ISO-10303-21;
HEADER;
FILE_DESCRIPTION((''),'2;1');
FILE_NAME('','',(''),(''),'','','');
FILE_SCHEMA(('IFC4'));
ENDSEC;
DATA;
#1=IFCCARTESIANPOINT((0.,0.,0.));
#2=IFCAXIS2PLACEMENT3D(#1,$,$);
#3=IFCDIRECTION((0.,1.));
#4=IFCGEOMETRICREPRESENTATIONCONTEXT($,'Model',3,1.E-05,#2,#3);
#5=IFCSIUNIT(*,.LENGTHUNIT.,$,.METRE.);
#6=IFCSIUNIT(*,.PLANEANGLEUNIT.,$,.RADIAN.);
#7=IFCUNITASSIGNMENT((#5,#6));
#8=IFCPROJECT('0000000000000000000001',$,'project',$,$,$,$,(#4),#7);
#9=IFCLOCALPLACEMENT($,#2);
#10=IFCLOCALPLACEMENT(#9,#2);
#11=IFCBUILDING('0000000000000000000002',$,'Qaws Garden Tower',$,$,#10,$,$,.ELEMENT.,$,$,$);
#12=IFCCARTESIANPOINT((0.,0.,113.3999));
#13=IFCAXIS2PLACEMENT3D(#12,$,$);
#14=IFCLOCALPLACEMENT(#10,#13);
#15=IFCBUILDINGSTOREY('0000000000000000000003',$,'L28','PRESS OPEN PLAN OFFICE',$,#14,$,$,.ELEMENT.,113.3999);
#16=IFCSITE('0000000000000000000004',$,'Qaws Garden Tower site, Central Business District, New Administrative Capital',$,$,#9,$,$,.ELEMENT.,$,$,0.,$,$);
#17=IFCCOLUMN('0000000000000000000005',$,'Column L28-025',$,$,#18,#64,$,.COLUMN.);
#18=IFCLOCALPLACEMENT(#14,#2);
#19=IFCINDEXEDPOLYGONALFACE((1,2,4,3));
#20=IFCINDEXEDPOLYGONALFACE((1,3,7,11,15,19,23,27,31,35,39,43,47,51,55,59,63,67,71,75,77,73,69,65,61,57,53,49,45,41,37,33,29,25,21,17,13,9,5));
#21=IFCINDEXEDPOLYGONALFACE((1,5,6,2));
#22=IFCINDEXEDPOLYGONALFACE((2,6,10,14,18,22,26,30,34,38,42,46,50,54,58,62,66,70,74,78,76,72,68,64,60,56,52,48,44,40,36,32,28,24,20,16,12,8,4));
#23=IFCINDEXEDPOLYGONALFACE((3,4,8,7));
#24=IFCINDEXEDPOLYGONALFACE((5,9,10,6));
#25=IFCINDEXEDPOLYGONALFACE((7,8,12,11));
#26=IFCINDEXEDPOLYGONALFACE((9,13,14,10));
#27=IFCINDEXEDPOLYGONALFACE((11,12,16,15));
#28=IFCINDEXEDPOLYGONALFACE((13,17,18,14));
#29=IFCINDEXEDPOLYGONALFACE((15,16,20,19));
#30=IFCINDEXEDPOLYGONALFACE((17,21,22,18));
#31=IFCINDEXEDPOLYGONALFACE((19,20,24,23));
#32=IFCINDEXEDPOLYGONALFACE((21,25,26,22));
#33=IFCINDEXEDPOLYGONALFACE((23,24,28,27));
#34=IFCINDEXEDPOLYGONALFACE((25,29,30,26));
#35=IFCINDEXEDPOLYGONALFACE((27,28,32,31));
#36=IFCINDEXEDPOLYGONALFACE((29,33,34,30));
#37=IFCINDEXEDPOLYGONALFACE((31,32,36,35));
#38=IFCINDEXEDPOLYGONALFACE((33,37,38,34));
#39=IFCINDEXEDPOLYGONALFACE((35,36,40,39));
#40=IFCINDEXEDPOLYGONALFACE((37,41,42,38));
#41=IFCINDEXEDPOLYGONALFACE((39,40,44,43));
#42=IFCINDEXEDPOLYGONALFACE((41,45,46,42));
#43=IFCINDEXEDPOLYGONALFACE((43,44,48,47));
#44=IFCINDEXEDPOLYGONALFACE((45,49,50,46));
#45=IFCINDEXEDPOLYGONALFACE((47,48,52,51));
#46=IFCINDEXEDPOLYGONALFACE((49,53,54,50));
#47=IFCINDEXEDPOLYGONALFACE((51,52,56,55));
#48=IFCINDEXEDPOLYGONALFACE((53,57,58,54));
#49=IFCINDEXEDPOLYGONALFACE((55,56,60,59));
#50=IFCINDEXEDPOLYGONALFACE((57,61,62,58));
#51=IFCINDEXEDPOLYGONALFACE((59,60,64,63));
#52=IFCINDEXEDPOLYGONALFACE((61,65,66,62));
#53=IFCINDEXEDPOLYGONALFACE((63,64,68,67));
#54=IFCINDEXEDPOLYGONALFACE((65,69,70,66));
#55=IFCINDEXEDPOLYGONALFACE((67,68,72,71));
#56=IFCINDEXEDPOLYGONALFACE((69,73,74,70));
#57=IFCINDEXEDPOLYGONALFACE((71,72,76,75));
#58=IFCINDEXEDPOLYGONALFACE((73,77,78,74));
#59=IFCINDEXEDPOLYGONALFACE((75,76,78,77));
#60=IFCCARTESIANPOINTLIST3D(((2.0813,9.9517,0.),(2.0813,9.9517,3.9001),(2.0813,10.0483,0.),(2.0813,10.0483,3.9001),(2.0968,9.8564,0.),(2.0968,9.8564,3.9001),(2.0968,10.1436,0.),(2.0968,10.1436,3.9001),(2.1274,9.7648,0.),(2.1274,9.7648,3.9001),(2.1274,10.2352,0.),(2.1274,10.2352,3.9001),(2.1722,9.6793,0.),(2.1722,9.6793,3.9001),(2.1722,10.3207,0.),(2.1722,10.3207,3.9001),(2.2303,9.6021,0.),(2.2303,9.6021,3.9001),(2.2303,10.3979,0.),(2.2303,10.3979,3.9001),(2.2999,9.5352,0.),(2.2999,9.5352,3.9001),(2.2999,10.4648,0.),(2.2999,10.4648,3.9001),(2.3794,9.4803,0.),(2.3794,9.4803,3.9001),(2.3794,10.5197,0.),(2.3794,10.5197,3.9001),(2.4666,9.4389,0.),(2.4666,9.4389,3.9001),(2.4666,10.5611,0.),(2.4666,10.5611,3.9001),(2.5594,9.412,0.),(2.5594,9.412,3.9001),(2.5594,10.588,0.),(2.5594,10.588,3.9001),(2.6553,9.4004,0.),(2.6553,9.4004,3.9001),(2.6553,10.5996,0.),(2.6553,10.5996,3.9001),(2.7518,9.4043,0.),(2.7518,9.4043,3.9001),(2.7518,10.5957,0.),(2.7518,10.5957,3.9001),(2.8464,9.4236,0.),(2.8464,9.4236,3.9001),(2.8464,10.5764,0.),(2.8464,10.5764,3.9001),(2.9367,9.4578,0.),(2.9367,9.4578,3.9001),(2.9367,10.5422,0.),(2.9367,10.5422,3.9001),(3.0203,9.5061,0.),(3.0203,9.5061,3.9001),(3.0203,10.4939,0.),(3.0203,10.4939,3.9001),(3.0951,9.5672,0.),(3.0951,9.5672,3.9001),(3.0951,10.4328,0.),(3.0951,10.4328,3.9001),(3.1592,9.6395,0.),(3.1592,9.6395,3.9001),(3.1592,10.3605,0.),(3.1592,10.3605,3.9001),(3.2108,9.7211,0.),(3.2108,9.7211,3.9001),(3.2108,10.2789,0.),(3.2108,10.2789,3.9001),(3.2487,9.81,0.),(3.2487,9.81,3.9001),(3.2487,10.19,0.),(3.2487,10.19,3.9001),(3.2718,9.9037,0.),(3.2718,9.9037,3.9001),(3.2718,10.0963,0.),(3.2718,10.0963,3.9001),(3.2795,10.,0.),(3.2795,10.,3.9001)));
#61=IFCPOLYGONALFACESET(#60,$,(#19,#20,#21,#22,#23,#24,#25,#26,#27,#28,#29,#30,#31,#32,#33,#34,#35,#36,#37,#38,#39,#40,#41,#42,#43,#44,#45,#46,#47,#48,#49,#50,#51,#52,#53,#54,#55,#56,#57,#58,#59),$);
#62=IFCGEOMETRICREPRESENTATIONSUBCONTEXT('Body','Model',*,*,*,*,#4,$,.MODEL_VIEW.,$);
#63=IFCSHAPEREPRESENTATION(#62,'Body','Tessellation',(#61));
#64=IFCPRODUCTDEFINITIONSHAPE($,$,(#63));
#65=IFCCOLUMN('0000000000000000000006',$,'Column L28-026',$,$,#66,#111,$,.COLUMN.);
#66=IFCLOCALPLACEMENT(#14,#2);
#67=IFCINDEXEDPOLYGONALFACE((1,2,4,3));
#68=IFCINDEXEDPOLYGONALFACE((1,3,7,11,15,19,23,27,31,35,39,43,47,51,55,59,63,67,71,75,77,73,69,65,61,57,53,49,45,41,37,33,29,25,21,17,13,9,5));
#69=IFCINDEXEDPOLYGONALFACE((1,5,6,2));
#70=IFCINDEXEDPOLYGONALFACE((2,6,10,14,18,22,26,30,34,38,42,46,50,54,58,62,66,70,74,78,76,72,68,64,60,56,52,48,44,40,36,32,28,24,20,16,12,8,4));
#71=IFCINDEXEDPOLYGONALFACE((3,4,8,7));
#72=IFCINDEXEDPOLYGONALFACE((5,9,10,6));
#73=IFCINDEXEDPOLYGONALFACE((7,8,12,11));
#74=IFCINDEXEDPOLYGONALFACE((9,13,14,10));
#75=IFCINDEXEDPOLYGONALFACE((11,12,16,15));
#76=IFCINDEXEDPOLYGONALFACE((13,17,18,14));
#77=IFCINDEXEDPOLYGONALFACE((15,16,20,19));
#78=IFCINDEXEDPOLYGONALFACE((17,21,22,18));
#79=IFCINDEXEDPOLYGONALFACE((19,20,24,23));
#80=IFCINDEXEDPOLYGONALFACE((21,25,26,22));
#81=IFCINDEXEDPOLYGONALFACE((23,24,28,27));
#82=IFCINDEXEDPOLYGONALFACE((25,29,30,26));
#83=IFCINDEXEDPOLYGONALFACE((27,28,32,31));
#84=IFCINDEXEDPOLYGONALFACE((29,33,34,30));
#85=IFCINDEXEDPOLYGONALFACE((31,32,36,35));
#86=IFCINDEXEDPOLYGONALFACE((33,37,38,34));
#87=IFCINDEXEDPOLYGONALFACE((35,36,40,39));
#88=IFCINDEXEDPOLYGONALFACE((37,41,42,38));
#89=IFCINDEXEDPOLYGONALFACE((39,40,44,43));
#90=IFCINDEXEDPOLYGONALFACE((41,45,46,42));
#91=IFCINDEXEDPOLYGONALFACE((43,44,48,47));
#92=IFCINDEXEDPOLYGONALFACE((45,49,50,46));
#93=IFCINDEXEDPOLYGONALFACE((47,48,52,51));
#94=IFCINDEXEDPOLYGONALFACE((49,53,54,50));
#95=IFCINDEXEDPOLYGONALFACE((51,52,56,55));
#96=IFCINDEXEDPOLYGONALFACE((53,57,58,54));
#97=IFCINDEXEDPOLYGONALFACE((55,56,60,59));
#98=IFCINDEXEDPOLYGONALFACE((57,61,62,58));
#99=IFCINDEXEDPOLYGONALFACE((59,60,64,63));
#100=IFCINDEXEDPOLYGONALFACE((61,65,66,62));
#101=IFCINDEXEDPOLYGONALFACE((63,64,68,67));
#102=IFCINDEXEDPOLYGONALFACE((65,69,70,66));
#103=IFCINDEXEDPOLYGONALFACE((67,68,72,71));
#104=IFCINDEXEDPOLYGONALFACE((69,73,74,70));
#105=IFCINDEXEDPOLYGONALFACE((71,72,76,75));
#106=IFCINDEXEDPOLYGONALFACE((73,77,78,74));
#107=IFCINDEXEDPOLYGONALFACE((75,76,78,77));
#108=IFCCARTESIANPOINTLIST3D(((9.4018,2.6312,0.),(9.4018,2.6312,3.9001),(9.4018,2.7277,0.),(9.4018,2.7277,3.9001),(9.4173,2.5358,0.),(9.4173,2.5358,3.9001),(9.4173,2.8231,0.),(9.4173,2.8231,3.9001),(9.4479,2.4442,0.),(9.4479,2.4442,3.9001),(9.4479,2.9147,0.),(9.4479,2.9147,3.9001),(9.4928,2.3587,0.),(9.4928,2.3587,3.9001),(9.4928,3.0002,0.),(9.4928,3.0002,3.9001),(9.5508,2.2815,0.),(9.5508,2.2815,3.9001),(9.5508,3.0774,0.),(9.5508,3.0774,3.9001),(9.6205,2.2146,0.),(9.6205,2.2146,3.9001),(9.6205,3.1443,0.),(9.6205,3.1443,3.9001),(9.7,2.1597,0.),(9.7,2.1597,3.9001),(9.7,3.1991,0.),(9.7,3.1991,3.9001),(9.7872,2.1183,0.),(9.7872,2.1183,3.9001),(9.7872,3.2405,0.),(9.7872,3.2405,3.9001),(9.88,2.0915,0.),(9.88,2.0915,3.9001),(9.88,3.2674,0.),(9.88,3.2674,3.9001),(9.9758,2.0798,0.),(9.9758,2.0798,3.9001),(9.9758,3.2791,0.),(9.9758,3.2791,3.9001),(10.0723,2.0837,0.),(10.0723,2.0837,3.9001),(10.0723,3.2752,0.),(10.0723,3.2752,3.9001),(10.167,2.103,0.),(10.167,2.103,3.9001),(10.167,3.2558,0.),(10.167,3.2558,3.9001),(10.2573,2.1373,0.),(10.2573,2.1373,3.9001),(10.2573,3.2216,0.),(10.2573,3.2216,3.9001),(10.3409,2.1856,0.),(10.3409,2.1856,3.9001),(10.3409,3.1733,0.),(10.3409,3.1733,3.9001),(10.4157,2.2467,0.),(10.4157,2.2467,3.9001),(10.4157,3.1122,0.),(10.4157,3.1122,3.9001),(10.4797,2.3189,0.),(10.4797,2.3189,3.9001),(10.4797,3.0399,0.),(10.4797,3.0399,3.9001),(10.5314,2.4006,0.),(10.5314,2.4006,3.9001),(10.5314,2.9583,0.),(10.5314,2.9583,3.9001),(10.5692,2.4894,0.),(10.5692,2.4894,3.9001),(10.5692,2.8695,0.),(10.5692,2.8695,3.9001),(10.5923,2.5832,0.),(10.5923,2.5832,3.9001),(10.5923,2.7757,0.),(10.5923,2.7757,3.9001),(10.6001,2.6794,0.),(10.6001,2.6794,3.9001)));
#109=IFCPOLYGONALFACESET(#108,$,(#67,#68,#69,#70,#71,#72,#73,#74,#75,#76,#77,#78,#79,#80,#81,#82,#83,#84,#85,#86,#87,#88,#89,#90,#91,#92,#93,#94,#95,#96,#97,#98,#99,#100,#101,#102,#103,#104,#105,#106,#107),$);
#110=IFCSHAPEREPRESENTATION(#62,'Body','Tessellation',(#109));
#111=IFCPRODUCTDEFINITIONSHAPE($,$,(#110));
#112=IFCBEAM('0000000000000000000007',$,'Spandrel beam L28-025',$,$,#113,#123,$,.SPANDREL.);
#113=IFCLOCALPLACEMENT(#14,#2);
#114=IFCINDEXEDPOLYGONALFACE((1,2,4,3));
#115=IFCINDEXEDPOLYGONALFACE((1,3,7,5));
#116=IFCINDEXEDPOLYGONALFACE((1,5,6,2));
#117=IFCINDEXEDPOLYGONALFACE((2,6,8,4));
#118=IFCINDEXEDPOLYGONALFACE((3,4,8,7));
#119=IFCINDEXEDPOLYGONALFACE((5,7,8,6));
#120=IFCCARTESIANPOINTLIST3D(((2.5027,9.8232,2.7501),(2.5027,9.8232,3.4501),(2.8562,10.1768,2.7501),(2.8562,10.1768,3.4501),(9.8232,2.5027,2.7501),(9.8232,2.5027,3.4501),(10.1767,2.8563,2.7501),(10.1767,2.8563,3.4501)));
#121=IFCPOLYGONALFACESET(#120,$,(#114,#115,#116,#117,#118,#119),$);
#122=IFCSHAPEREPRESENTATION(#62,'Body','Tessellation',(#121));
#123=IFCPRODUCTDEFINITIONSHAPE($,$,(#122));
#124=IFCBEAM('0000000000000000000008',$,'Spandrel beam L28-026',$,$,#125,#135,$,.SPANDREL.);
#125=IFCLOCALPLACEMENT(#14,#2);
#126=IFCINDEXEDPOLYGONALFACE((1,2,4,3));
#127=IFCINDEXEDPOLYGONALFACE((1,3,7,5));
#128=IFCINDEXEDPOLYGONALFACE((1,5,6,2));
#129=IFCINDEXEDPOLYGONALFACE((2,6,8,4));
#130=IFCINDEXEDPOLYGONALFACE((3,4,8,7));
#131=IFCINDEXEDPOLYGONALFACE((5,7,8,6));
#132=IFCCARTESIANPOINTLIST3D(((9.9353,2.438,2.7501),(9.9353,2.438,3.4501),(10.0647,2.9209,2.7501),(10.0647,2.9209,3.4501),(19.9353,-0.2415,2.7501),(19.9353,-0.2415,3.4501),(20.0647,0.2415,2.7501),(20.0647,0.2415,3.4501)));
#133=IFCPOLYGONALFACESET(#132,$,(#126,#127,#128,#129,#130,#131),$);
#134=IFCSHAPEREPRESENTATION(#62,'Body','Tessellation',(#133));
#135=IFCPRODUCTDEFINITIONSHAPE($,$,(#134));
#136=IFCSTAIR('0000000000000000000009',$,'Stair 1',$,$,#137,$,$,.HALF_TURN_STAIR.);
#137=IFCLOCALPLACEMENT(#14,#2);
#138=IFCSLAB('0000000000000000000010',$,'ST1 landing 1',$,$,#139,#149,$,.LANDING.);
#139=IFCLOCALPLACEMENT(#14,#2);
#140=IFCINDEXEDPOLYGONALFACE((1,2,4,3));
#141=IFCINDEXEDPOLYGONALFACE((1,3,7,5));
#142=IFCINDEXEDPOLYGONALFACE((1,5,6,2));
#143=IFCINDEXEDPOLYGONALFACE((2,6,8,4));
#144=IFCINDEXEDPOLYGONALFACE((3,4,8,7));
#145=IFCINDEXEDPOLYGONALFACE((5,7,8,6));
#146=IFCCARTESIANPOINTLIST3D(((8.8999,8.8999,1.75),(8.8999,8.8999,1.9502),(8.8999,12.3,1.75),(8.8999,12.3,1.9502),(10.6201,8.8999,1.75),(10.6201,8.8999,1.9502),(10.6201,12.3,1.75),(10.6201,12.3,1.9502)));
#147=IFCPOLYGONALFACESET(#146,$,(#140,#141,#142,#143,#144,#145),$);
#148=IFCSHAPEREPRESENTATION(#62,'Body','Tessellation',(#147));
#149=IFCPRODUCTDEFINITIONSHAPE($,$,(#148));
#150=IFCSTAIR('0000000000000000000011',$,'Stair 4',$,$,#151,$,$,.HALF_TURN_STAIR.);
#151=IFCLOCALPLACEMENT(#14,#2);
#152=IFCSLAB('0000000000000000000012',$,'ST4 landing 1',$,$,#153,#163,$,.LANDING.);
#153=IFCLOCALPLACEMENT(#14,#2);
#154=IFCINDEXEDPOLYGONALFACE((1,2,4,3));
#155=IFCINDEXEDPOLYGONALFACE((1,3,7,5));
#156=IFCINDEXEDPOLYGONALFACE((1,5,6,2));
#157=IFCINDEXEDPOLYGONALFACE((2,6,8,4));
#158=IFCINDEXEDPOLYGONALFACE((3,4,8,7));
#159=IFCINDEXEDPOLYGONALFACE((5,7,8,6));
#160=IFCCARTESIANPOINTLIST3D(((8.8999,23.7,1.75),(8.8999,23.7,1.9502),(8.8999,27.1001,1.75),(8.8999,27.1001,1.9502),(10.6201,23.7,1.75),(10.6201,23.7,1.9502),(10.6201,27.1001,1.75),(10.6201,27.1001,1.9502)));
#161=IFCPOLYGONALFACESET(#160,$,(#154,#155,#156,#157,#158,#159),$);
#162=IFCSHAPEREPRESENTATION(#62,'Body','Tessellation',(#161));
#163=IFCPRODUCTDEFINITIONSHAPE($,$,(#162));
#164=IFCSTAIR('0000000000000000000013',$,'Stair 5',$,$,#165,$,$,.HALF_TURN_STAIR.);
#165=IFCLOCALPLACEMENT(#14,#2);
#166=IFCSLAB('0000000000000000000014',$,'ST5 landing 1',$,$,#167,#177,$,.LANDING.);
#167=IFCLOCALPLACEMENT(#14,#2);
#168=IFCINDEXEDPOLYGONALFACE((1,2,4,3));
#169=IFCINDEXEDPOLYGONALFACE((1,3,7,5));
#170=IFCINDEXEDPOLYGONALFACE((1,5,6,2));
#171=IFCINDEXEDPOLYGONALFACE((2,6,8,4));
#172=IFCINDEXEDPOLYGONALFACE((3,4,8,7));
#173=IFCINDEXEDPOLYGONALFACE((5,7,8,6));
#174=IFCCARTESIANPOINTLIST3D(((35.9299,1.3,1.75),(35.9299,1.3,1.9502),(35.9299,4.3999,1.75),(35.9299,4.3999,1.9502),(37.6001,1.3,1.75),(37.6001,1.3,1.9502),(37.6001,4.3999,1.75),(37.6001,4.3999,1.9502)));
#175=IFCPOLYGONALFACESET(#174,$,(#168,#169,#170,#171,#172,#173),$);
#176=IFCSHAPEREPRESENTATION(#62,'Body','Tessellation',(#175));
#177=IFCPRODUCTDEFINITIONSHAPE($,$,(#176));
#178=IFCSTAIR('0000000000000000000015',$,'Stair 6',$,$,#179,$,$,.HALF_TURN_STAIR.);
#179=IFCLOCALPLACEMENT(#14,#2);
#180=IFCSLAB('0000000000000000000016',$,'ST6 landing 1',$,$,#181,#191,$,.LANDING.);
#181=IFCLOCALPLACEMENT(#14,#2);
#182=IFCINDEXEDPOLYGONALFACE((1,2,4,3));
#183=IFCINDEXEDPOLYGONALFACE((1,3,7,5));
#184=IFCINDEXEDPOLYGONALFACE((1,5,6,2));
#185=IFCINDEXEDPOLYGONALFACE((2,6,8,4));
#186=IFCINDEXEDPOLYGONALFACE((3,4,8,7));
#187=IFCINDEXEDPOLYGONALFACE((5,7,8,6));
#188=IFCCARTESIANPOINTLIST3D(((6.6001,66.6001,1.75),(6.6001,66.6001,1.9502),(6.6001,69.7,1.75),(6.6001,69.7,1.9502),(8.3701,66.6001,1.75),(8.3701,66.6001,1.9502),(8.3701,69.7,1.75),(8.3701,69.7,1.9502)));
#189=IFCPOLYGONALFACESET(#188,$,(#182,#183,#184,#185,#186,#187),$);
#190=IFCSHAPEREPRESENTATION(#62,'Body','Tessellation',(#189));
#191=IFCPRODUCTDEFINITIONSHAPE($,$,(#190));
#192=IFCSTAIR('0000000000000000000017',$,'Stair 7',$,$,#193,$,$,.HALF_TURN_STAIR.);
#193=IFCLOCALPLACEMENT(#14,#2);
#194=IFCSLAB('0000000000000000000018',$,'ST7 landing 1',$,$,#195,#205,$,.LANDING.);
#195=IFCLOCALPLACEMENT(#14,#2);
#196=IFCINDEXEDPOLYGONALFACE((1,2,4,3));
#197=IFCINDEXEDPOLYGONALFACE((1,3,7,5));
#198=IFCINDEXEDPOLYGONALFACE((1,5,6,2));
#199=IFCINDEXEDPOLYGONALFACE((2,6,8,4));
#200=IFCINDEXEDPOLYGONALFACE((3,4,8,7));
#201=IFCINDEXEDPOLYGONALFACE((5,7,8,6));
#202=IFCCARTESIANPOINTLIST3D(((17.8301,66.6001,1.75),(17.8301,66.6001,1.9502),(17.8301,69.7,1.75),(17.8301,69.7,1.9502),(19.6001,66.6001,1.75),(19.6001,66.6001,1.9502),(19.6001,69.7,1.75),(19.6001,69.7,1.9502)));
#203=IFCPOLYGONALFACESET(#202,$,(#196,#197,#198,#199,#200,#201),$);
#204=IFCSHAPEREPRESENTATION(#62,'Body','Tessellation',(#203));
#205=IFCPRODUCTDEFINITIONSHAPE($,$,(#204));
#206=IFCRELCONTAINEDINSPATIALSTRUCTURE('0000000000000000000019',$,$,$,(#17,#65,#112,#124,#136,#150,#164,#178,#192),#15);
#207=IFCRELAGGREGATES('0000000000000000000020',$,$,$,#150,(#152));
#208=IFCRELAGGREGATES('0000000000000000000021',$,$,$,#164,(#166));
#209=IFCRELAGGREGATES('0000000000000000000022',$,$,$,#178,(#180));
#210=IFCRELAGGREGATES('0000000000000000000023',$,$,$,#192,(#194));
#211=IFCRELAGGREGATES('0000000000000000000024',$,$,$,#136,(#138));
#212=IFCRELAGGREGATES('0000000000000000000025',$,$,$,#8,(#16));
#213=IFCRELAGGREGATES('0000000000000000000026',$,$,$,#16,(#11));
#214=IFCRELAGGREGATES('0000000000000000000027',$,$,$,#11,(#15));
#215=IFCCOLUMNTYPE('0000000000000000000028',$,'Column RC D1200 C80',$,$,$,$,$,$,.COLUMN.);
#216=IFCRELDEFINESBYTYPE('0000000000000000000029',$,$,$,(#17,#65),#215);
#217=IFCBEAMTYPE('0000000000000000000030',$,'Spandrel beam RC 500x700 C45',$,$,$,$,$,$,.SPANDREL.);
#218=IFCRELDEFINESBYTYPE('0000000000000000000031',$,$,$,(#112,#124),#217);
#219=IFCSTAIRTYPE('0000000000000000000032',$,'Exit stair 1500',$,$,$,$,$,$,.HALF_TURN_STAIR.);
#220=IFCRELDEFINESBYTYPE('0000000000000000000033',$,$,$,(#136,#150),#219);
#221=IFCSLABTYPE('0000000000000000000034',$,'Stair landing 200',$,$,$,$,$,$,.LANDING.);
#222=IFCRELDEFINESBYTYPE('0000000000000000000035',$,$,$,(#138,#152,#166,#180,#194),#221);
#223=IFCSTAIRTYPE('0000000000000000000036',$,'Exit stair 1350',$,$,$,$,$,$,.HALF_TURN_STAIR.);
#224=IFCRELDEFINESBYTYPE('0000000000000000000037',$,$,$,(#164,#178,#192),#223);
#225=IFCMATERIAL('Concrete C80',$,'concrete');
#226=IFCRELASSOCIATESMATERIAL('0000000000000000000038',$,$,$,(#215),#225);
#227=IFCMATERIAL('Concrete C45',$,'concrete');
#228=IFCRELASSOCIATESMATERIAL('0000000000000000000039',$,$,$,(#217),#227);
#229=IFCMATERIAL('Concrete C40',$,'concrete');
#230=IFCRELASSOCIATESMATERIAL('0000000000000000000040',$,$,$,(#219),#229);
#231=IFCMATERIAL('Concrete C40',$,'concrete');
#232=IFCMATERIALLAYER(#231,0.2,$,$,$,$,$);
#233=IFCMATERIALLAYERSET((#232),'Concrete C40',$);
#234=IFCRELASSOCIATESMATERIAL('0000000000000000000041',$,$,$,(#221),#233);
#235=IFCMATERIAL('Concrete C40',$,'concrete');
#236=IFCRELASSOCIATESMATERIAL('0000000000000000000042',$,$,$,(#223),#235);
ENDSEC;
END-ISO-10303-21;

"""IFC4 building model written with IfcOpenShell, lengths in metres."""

from ifc_helpers import new_model, si_unit, direction, frame, origin, origin_2d, place, context, subcontext, project, spatial, polyline, rectangle, circle, outline, extrude, material, layer, layer_set, material_profile, profile_set, type_object, element, aggregate, save


model = new_model("IFC4")

# Units and contexts
model_context = context("Model", 3, precision=1e-05, world=origin(), true_north=direction((0.0, 1.0)))
body_context = subcontext(model_context, "Body", "Model", "MODEL_VIEW")
ifc_project = project(units=[si_unit("LENGTHUNIT", "METRE"), si_unit("PLANEANGLEUNIT", "RADIAN")], contexts=[model_context])

# Site, building, storey
site_placement = place(None, origin())
site = spatial("IfcSite", under=ifc_project, at=site_placement, Name="Qaws Garden Tower site, Central Business District, New Administrative Capital", CompositionType="ELEMENT", RefElevation=0.0)
building_placement = place(site_placement, origin())
building = spatial("IfcBuilding", under=site, at=building_placement, Name="Qaws Garden Tower", CompositionType="ELEMENT")
storey_placement = place(building_placement, frame((0.0, 0.0, 113.3999)))
storey = spatial("IfcBuildingStorey", under=building, at=storey_placement, Name="L28", Description="PRESS OPEN PLAN OFFICE", CompositionType="ELEMENT", Elevation=113.3999)

# Columns
ifc_material_1 = material(Name="Concrete C80", Category="concrete")
ifc_material_profile_1 = material_profile(ifc_material_1, circle(Radius=0.6001, at=origin_2d()), Name="RC D1200")
ifc_profile_set_1 = profile_set([ifc_material_profile_1], Name="Concrete C80")
column_type = type_object("IfcColumnType", Name="Column RC D1200 C80", PredefinedType="COLUMN", material=ifc_profile_set_1)
for number, where, z_axis, x_axis, name in (
    (1, (2.6794, 10.0, 0.0), (0.0, 0.0, 1.0), (1.0, 0.0, 0.0), "Column L28-025"),
    (2, (10.0, 2.6794, 0.0), (0.0, 0.0, 1.0), (1.0, 0.0, 0.0), "Column L28-026"),
):
    element("IfcColumn", number, at=place(storey_placement, frame(where, z_axis=z_axis, x_axis=x_axis)), inside=storey, type_object=column_type, Name=name, PredefinedType="COLUMN", context=body_context, shape_type="SweptSolid", body=[
        extrude(circle(Radius=0.6001, at=origin_2d()), origin(), (0.0, 0.0, 1.0), 3.9001),
    ])

# Beams
ifc_material_2 = material(Name="Concrete C45", Category="concrete")
ifc_material_profile_2 = material_profile(ifc_material_2, rectangle(XDim=0.5, YDim=0.7, at=origin_2d()), Name="RC 500x700")
ifc_profile_set_2 = profile_set([ifc_material_profile_2], Name="Concrete C45")
beam_type = type_object("IfcBeamType", Name="Spandrel beam RC 500x700 C45", PredefinedType="SPANDREL", material=ifc_profile_set_2)
for number, where, z_axis, x_axis, name in (
    (3, (2.6794, 10.0, 3.1001), (0.707107, -0.707107, 0.0), (0.707107, 0.707107, 0.0), "Spandrel beam L28-025"),
    (4, (10.0, 2.6794, 3.1001), (0.965927, -0.258815, 0.0), (0.258815, 0.965927, 0.0), "Spandrel beam L28-026"),
):
    element("IfcBeam", number, at=place(storey_placement, frame(where, z_axis=z_axis, x_axis=x_axis)), inside=storey, type_object=beam_type, Name=name, PredefinedType="SPANDREL", context=body_context, shape_type="SweptSolid", body=[
        extrude(rectangle(XDim=0.5, YDim=0.7, at=origin_2d()), origin(), (0.0, 0.0, 1.0), 10.3528),
    ])

# Stairs, slabs
ifc_material_3 = material(Name="Concrete C40", Category="concrete")
stair_type_1 = type_object("IfcStairType", Name="Exit stair 1500", PredefinedType="HALF_TURN_STAIR", material=ifc_material_3)
placement_1 = place(storey_placement, origin())
stair_1 = element("IfcStair", 5, at=placement_1, inside=storey, type_object=stair_type_1, Name="Stair 1", PredefinedType="HALF_TURN_STAIR")
ifc_material_4 = material(Name="Concrete C40", Category="concrete")
ifc_layer_1 = layer(ifc_material_4, 0.2)
ifc_layer_set_1 = layer_set([ifc_layer_1], Name="Concrete C40")
slab_type = type_object("IfcSlabType", Name="Stair landing 200", PredefinedType="LANDING", material=ifc_layer_set_1)
placement_2 = place(storey_placement, frame((0.0, 0.0, 1.75)))
slab_1 = element("IfcSlab", 6, at=placement_2, type_object=slab_type, Name="ST1 landing 1", PredefinedType="LANDING", context=body_context, shape_type="SweptSolid", body=[
    extrude(outline(polyline([(8.8999, 8.8999), (10.6201, 8.8999), (10.6201, 12.3), (8.8999, 12.3), (8.8999, 8.8999)])), origin(), (0.0, 0.0, 1.0), 0.2002),
])
stair_2 = element("IfcStair", 7, at=placement_1, inside=storey, type_object=stair_type_1, Name="Stair 4", PredefinedType="HALF_TURN_STAIR")
slab_2 = element("IfcSlab", 8, at=placement_2, type_object=slab_type, Name="ST4 landing 1", PredefinedType="LANDING", context=body_context, shape_type="SweptSolid", body=[
    extrude(outline(polyline([(8.8999, 23.7), (10.6201, 23.7), (10.6201, 27.1001), (8.8999, 27.1001), (8.8999, 23.7)])), origin(), (0.0, 0.0, 1.0), 0.2002),
])
aggregate(stair_2, [slab_2])
ifc_material_5 = material(Name="Concrete C40", Category="concrete")
stair_type_2 = type_object("IfcStairType", Name="Exit stair 1350", PredefinedType="HALF_TURN_STAIR", material=ifc_material_5)
stair_3 = element("IfcStair", 9, at=placement_1, inside=storey, type_object=stair_type_2, Name="Stair 5", PredefinedType="HALF_TURN_STAIR")
slab_3 = element("IfcSlab", 10, at=placement_2, type_object=slab_type, Name="ST5 landing 1", PredefinedType="LANDING", context=body_context, shape_type="SweptSolid", body=[
    extrude(outline(polyline([(35.9299, 1.3), (37.6001, 1.3), (37.6001, 4.3999), (35.9299, 4.3999), (35.9299, 1.3)])), origin(), (0.0, 0.0, 1.0), 0.2002),
])
aggregate(stair_3, [slab_3])
stair_4 = element("IfcStair", 11, at=placement_1, inside=storey, type_object=stair_type_2, Name="Stair 6", PredefinedType="HALF_TURN_STAIR")
slab_4 = element("IfcSlab", 12, at=placement_2, type_object=slab_type, Name="ST6 landing 1", PredefinedType="LANDING", context=body_context, shape_type="SweptSolid", body=[
    extrude(outline(polyline([(6.6001, 66.6001), (8.3701, 66.6001), (8.3701, 69.7), (6.6001, 69.7), (6.6001, 66.6001)])), origin(), (0.0, 0.0, 1.0), 0.2002),
])
aggregate(stair_4, [slab_4])
stair_5 = element("IfcStair", 13, at=placement_1, inside=storey, type_object=stair_type_2, Name="Stair 7", PredefinedType="HALF_TURN_STAIR")
slab_5 = element("IfcSlab", 14, at=placement_2, type_object=slab_type, Name="ST7 landing 1", PredefinedType="LANDING", context=body_context, shape_type="SweptSolid", body=[
    extrude(outline(polyline([(17.8301, 66.6001), (19.6001, 66.6001), (19.6001, 69.7), (17.8301, 69.7), (17.8301, 66.6001)])), origin(), (0.0, 0.0, 1.0), 0.2002),
])
aggregate(stair_5, [slab_5])

aggregate(stair_1, [slab_1])

save(model, "model.ifc")
